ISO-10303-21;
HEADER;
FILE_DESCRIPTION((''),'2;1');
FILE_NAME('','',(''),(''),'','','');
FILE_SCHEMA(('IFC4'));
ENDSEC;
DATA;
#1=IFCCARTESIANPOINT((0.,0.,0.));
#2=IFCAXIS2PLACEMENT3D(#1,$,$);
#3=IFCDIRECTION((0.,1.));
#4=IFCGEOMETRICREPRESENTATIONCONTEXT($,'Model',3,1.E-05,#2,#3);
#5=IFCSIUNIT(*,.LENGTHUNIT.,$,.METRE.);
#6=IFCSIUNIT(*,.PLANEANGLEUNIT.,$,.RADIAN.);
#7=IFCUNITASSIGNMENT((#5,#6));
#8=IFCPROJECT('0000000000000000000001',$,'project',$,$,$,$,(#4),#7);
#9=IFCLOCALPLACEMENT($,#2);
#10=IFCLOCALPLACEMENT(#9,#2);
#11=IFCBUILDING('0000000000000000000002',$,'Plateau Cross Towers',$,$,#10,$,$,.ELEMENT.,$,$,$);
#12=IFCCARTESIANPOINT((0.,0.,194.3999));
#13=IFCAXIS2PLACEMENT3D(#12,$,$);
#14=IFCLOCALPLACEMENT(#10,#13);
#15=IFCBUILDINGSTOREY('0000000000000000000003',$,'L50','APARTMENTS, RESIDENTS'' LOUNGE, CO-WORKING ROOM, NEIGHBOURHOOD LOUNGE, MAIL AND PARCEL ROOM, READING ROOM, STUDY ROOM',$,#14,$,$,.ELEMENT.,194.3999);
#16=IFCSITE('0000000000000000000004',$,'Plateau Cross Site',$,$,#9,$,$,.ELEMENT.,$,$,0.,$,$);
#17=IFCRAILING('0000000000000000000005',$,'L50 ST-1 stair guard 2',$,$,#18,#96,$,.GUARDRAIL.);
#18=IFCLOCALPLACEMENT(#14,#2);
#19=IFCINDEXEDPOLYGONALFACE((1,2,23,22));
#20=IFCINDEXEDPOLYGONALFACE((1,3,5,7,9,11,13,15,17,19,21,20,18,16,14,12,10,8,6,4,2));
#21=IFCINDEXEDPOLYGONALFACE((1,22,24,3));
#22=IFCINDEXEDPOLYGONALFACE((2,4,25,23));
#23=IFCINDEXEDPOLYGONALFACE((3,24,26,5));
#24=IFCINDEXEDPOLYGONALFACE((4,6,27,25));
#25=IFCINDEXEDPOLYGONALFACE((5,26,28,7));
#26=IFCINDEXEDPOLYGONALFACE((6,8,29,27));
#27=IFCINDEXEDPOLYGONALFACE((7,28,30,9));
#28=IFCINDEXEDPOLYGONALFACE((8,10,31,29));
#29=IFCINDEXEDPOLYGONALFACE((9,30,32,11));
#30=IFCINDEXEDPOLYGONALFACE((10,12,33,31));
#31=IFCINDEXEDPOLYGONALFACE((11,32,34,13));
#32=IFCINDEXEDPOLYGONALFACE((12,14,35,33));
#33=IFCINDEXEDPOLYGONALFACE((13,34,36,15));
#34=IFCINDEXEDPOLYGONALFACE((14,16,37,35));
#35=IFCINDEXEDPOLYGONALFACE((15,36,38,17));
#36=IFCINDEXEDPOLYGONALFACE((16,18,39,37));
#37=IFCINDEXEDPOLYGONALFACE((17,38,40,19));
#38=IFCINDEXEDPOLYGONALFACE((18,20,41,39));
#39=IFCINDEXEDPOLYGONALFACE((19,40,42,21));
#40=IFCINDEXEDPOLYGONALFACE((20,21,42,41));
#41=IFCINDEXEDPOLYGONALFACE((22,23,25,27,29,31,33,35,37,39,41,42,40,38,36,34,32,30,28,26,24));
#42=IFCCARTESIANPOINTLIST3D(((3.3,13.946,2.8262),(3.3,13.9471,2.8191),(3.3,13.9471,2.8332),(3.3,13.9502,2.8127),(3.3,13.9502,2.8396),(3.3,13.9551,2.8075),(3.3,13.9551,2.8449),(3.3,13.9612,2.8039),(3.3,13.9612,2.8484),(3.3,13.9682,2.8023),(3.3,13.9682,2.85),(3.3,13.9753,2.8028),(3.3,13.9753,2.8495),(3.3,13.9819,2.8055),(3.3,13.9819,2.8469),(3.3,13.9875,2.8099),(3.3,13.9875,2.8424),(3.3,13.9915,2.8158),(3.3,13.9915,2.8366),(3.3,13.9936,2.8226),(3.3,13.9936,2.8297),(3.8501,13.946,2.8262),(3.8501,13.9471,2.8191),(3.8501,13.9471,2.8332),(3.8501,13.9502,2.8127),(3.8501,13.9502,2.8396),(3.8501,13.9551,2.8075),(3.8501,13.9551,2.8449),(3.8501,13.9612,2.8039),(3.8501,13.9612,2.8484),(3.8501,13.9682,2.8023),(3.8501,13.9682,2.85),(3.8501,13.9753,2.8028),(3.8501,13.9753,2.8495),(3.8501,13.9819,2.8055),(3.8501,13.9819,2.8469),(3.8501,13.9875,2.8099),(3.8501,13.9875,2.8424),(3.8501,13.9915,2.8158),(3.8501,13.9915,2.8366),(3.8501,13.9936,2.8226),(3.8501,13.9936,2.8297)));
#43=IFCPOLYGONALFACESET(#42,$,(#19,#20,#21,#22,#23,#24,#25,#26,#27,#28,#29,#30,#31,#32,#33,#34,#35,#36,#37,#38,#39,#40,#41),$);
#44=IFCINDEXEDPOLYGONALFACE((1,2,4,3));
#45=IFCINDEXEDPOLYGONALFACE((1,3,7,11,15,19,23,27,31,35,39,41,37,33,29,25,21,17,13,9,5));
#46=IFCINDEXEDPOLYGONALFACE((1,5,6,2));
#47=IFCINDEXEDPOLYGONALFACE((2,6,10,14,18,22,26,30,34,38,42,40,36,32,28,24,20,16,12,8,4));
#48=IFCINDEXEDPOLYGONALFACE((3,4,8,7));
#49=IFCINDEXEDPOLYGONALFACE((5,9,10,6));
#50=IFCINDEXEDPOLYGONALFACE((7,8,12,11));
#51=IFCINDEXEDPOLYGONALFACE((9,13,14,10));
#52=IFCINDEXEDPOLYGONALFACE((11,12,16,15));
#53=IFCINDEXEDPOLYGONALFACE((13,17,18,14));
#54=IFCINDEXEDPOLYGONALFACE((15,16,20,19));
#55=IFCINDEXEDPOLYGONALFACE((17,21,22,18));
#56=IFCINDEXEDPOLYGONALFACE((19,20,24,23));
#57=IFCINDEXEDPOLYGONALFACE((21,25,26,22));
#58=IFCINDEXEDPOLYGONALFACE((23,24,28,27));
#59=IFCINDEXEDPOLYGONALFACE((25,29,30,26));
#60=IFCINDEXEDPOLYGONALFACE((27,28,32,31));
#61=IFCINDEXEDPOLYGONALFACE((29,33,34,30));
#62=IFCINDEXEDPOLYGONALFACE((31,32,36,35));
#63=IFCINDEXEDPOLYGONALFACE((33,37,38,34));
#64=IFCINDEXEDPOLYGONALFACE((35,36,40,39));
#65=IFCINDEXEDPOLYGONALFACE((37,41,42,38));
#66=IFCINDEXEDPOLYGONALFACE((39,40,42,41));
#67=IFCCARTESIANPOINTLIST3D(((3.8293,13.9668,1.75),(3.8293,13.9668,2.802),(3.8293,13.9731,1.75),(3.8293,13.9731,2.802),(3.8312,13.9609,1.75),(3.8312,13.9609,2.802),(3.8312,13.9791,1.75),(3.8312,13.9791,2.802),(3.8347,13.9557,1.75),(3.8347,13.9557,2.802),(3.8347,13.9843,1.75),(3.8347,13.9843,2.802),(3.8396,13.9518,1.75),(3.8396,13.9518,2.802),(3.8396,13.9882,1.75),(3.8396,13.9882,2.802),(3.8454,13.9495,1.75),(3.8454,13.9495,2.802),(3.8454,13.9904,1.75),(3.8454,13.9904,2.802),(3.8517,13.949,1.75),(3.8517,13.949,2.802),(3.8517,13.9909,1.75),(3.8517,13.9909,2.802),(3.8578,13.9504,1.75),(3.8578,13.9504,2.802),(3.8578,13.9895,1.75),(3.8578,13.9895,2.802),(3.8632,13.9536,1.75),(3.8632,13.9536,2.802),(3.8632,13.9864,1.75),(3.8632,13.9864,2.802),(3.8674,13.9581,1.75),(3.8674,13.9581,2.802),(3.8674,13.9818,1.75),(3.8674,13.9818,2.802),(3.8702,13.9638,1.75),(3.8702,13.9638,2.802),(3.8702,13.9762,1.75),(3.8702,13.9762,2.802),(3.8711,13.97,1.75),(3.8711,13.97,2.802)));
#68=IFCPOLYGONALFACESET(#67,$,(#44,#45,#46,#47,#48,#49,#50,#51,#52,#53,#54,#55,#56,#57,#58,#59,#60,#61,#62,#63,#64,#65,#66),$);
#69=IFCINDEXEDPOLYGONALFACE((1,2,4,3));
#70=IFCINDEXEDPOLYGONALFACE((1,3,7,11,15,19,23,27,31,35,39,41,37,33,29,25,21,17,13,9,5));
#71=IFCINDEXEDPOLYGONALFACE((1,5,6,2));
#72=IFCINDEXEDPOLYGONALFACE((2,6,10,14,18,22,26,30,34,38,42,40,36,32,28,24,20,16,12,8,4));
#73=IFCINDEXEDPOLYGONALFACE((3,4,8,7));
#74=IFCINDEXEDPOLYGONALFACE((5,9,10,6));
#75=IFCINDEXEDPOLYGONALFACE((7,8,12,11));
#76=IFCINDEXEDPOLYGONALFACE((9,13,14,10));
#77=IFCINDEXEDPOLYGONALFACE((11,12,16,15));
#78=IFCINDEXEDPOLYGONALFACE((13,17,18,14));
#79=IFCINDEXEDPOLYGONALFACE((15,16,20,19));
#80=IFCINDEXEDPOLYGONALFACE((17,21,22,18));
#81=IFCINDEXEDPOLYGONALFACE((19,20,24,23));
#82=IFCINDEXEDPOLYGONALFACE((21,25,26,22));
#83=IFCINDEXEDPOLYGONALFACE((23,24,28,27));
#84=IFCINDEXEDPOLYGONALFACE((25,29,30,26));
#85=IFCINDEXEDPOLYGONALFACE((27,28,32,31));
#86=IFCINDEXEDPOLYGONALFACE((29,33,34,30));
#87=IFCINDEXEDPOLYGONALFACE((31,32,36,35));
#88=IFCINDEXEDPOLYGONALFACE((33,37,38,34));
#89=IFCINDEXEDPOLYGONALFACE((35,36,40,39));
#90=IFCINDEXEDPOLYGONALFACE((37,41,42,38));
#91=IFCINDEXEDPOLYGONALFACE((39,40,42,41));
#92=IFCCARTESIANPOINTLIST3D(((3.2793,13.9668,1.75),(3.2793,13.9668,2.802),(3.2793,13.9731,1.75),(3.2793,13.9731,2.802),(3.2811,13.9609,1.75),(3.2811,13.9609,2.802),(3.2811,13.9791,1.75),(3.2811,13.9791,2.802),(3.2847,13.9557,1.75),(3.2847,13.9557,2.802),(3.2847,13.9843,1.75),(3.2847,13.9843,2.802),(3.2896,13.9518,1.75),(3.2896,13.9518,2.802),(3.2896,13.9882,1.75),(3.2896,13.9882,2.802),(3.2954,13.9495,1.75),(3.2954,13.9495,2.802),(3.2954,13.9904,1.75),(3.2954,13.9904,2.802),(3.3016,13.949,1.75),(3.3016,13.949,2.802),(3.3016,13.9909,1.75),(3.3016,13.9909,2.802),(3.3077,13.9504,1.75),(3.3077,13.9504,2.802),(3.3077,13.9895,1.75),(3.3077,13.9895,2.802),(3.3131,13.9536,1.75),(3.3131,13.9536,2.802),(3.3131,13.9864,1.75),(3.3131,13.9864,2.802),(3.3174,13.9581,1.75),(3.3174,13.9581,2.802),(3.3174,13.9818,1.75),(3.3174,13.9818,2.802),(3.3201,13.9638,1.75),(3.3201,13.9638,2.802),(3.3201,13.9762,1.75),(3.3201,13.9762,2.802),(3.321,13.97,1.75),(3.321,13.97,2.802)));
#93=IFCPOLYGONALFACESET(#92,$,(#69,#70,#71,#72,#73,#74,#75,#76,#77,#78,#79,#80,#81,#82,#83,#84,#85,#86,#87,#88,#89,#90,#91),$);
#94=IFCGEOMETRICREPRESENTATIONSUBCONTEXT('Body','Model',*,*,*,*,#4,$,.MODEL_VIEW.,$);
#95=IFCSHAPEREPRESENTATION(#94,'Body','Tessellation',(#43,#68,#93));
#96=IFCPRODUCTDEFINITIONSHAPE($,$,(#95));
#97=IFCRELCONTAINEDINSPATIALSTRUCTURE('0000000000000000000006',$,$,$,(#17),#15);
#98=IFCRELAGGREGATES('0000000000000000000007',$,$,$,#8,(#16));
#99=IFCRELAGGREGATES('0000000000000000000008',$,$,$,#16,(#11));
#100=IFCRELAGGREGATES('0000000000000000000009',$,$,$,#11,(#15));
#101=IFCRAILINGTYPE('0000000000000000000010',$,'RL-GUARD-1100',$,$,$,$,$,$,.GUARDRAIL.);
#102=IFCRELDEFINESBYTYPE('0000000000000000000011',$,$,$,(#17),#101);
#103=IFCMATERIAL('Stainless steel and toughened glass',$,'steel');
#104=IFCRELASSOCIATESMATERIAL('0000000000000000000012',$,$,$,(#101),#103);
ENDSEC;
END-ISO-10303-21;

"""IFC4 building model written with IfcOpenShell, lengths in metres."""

from ifc_helpers import new_model, si_unit, direction, frame, origin, origin_2d, place, context, subcontext, project, spatial, circle, extrude, material, type_object, element, save


model = new_model("IFC4")

# Units and contexts
model_context = context("Model", 3, precision=1e-05, world=origin(), true_north=direction((0.0, 1.0)))
body_context = subcontext(model_context, "Body", "Model", "MODEL_VIEW")
ifc_project = project(units=[si_unit("LENGTHUNIT", "METRE"), si_unit("PLANEANGLEUNIT", "RADIAN")], contexts=[model_context])

# Site, building, storey
site_placement = place(None, origin())
site = spatial("IfcSite", under=ifc_project, at=site_placement, Name="Plateau Cross Site", CompositionType="ELEMENT", RefElevation=0.0)
building_placement = place(site_placement, origin())
building = spatial("IfcBuilding", under=site, at=building_placement, Name="Plateau Cross Towers", CompositionType="ELEMENT")
storey_placement = place(building_placement, frame((0.0, 0.0, 194.3999)))
storey = spatial("IfcBuildingStorey", under=building, at=storey_placement, Name="L50", Description="APARTMENTS, RESIDENTS' LOUNGE, CO-WORKING ROOM, NEIGHBOURHOOD LOUNGE, MAIL AND PARCEL ROOM, READING ROOM, STUDY ROOM", CompositionType="ELEMENT", Elevation=194.3999)

# Railing
ifc_material_1 = material(Name="Stainless steel and toughened glass", Category="steel")
railing_type = type_object("IfcRailingType", Name="RL-GUARD-1100", PredefinedType="GUARDRAIL", material=ifc_material_1)
railing_1_placement = place(storey_placement, frame((3.8501, 13.97, 1.75)))
element("IfcRailing", 1, at=railing_1_placement, inside=storey, type_object=railing_type, Name="L50 ST-1 stair guard 2", PredefinedType="GUARDRAIL", context=body_context, shape_type="SweptSolid", body=[
    extrude(circle(Radius=0.0239, at=origin_2d()), frame((0.0, 0.0, 1.0762), z_axis=(-1.0, 0.0, 0.0), x_axis=(0.0, -1.0, 0.0)), (0.0, 0.0, 1.0), 0.55),
    extrude(circle(Radius=0.021, at=origin_2d()), origin(), (0.0, 0.0, 1.0), 1.052),
    extrude(circle(Radius=0.021, at=origin_2d()), frame((-0.55, 0.0, 0.0)), (0.0, 0.0, 1.0), 1.052),
])

save(model, "model.ifc")
